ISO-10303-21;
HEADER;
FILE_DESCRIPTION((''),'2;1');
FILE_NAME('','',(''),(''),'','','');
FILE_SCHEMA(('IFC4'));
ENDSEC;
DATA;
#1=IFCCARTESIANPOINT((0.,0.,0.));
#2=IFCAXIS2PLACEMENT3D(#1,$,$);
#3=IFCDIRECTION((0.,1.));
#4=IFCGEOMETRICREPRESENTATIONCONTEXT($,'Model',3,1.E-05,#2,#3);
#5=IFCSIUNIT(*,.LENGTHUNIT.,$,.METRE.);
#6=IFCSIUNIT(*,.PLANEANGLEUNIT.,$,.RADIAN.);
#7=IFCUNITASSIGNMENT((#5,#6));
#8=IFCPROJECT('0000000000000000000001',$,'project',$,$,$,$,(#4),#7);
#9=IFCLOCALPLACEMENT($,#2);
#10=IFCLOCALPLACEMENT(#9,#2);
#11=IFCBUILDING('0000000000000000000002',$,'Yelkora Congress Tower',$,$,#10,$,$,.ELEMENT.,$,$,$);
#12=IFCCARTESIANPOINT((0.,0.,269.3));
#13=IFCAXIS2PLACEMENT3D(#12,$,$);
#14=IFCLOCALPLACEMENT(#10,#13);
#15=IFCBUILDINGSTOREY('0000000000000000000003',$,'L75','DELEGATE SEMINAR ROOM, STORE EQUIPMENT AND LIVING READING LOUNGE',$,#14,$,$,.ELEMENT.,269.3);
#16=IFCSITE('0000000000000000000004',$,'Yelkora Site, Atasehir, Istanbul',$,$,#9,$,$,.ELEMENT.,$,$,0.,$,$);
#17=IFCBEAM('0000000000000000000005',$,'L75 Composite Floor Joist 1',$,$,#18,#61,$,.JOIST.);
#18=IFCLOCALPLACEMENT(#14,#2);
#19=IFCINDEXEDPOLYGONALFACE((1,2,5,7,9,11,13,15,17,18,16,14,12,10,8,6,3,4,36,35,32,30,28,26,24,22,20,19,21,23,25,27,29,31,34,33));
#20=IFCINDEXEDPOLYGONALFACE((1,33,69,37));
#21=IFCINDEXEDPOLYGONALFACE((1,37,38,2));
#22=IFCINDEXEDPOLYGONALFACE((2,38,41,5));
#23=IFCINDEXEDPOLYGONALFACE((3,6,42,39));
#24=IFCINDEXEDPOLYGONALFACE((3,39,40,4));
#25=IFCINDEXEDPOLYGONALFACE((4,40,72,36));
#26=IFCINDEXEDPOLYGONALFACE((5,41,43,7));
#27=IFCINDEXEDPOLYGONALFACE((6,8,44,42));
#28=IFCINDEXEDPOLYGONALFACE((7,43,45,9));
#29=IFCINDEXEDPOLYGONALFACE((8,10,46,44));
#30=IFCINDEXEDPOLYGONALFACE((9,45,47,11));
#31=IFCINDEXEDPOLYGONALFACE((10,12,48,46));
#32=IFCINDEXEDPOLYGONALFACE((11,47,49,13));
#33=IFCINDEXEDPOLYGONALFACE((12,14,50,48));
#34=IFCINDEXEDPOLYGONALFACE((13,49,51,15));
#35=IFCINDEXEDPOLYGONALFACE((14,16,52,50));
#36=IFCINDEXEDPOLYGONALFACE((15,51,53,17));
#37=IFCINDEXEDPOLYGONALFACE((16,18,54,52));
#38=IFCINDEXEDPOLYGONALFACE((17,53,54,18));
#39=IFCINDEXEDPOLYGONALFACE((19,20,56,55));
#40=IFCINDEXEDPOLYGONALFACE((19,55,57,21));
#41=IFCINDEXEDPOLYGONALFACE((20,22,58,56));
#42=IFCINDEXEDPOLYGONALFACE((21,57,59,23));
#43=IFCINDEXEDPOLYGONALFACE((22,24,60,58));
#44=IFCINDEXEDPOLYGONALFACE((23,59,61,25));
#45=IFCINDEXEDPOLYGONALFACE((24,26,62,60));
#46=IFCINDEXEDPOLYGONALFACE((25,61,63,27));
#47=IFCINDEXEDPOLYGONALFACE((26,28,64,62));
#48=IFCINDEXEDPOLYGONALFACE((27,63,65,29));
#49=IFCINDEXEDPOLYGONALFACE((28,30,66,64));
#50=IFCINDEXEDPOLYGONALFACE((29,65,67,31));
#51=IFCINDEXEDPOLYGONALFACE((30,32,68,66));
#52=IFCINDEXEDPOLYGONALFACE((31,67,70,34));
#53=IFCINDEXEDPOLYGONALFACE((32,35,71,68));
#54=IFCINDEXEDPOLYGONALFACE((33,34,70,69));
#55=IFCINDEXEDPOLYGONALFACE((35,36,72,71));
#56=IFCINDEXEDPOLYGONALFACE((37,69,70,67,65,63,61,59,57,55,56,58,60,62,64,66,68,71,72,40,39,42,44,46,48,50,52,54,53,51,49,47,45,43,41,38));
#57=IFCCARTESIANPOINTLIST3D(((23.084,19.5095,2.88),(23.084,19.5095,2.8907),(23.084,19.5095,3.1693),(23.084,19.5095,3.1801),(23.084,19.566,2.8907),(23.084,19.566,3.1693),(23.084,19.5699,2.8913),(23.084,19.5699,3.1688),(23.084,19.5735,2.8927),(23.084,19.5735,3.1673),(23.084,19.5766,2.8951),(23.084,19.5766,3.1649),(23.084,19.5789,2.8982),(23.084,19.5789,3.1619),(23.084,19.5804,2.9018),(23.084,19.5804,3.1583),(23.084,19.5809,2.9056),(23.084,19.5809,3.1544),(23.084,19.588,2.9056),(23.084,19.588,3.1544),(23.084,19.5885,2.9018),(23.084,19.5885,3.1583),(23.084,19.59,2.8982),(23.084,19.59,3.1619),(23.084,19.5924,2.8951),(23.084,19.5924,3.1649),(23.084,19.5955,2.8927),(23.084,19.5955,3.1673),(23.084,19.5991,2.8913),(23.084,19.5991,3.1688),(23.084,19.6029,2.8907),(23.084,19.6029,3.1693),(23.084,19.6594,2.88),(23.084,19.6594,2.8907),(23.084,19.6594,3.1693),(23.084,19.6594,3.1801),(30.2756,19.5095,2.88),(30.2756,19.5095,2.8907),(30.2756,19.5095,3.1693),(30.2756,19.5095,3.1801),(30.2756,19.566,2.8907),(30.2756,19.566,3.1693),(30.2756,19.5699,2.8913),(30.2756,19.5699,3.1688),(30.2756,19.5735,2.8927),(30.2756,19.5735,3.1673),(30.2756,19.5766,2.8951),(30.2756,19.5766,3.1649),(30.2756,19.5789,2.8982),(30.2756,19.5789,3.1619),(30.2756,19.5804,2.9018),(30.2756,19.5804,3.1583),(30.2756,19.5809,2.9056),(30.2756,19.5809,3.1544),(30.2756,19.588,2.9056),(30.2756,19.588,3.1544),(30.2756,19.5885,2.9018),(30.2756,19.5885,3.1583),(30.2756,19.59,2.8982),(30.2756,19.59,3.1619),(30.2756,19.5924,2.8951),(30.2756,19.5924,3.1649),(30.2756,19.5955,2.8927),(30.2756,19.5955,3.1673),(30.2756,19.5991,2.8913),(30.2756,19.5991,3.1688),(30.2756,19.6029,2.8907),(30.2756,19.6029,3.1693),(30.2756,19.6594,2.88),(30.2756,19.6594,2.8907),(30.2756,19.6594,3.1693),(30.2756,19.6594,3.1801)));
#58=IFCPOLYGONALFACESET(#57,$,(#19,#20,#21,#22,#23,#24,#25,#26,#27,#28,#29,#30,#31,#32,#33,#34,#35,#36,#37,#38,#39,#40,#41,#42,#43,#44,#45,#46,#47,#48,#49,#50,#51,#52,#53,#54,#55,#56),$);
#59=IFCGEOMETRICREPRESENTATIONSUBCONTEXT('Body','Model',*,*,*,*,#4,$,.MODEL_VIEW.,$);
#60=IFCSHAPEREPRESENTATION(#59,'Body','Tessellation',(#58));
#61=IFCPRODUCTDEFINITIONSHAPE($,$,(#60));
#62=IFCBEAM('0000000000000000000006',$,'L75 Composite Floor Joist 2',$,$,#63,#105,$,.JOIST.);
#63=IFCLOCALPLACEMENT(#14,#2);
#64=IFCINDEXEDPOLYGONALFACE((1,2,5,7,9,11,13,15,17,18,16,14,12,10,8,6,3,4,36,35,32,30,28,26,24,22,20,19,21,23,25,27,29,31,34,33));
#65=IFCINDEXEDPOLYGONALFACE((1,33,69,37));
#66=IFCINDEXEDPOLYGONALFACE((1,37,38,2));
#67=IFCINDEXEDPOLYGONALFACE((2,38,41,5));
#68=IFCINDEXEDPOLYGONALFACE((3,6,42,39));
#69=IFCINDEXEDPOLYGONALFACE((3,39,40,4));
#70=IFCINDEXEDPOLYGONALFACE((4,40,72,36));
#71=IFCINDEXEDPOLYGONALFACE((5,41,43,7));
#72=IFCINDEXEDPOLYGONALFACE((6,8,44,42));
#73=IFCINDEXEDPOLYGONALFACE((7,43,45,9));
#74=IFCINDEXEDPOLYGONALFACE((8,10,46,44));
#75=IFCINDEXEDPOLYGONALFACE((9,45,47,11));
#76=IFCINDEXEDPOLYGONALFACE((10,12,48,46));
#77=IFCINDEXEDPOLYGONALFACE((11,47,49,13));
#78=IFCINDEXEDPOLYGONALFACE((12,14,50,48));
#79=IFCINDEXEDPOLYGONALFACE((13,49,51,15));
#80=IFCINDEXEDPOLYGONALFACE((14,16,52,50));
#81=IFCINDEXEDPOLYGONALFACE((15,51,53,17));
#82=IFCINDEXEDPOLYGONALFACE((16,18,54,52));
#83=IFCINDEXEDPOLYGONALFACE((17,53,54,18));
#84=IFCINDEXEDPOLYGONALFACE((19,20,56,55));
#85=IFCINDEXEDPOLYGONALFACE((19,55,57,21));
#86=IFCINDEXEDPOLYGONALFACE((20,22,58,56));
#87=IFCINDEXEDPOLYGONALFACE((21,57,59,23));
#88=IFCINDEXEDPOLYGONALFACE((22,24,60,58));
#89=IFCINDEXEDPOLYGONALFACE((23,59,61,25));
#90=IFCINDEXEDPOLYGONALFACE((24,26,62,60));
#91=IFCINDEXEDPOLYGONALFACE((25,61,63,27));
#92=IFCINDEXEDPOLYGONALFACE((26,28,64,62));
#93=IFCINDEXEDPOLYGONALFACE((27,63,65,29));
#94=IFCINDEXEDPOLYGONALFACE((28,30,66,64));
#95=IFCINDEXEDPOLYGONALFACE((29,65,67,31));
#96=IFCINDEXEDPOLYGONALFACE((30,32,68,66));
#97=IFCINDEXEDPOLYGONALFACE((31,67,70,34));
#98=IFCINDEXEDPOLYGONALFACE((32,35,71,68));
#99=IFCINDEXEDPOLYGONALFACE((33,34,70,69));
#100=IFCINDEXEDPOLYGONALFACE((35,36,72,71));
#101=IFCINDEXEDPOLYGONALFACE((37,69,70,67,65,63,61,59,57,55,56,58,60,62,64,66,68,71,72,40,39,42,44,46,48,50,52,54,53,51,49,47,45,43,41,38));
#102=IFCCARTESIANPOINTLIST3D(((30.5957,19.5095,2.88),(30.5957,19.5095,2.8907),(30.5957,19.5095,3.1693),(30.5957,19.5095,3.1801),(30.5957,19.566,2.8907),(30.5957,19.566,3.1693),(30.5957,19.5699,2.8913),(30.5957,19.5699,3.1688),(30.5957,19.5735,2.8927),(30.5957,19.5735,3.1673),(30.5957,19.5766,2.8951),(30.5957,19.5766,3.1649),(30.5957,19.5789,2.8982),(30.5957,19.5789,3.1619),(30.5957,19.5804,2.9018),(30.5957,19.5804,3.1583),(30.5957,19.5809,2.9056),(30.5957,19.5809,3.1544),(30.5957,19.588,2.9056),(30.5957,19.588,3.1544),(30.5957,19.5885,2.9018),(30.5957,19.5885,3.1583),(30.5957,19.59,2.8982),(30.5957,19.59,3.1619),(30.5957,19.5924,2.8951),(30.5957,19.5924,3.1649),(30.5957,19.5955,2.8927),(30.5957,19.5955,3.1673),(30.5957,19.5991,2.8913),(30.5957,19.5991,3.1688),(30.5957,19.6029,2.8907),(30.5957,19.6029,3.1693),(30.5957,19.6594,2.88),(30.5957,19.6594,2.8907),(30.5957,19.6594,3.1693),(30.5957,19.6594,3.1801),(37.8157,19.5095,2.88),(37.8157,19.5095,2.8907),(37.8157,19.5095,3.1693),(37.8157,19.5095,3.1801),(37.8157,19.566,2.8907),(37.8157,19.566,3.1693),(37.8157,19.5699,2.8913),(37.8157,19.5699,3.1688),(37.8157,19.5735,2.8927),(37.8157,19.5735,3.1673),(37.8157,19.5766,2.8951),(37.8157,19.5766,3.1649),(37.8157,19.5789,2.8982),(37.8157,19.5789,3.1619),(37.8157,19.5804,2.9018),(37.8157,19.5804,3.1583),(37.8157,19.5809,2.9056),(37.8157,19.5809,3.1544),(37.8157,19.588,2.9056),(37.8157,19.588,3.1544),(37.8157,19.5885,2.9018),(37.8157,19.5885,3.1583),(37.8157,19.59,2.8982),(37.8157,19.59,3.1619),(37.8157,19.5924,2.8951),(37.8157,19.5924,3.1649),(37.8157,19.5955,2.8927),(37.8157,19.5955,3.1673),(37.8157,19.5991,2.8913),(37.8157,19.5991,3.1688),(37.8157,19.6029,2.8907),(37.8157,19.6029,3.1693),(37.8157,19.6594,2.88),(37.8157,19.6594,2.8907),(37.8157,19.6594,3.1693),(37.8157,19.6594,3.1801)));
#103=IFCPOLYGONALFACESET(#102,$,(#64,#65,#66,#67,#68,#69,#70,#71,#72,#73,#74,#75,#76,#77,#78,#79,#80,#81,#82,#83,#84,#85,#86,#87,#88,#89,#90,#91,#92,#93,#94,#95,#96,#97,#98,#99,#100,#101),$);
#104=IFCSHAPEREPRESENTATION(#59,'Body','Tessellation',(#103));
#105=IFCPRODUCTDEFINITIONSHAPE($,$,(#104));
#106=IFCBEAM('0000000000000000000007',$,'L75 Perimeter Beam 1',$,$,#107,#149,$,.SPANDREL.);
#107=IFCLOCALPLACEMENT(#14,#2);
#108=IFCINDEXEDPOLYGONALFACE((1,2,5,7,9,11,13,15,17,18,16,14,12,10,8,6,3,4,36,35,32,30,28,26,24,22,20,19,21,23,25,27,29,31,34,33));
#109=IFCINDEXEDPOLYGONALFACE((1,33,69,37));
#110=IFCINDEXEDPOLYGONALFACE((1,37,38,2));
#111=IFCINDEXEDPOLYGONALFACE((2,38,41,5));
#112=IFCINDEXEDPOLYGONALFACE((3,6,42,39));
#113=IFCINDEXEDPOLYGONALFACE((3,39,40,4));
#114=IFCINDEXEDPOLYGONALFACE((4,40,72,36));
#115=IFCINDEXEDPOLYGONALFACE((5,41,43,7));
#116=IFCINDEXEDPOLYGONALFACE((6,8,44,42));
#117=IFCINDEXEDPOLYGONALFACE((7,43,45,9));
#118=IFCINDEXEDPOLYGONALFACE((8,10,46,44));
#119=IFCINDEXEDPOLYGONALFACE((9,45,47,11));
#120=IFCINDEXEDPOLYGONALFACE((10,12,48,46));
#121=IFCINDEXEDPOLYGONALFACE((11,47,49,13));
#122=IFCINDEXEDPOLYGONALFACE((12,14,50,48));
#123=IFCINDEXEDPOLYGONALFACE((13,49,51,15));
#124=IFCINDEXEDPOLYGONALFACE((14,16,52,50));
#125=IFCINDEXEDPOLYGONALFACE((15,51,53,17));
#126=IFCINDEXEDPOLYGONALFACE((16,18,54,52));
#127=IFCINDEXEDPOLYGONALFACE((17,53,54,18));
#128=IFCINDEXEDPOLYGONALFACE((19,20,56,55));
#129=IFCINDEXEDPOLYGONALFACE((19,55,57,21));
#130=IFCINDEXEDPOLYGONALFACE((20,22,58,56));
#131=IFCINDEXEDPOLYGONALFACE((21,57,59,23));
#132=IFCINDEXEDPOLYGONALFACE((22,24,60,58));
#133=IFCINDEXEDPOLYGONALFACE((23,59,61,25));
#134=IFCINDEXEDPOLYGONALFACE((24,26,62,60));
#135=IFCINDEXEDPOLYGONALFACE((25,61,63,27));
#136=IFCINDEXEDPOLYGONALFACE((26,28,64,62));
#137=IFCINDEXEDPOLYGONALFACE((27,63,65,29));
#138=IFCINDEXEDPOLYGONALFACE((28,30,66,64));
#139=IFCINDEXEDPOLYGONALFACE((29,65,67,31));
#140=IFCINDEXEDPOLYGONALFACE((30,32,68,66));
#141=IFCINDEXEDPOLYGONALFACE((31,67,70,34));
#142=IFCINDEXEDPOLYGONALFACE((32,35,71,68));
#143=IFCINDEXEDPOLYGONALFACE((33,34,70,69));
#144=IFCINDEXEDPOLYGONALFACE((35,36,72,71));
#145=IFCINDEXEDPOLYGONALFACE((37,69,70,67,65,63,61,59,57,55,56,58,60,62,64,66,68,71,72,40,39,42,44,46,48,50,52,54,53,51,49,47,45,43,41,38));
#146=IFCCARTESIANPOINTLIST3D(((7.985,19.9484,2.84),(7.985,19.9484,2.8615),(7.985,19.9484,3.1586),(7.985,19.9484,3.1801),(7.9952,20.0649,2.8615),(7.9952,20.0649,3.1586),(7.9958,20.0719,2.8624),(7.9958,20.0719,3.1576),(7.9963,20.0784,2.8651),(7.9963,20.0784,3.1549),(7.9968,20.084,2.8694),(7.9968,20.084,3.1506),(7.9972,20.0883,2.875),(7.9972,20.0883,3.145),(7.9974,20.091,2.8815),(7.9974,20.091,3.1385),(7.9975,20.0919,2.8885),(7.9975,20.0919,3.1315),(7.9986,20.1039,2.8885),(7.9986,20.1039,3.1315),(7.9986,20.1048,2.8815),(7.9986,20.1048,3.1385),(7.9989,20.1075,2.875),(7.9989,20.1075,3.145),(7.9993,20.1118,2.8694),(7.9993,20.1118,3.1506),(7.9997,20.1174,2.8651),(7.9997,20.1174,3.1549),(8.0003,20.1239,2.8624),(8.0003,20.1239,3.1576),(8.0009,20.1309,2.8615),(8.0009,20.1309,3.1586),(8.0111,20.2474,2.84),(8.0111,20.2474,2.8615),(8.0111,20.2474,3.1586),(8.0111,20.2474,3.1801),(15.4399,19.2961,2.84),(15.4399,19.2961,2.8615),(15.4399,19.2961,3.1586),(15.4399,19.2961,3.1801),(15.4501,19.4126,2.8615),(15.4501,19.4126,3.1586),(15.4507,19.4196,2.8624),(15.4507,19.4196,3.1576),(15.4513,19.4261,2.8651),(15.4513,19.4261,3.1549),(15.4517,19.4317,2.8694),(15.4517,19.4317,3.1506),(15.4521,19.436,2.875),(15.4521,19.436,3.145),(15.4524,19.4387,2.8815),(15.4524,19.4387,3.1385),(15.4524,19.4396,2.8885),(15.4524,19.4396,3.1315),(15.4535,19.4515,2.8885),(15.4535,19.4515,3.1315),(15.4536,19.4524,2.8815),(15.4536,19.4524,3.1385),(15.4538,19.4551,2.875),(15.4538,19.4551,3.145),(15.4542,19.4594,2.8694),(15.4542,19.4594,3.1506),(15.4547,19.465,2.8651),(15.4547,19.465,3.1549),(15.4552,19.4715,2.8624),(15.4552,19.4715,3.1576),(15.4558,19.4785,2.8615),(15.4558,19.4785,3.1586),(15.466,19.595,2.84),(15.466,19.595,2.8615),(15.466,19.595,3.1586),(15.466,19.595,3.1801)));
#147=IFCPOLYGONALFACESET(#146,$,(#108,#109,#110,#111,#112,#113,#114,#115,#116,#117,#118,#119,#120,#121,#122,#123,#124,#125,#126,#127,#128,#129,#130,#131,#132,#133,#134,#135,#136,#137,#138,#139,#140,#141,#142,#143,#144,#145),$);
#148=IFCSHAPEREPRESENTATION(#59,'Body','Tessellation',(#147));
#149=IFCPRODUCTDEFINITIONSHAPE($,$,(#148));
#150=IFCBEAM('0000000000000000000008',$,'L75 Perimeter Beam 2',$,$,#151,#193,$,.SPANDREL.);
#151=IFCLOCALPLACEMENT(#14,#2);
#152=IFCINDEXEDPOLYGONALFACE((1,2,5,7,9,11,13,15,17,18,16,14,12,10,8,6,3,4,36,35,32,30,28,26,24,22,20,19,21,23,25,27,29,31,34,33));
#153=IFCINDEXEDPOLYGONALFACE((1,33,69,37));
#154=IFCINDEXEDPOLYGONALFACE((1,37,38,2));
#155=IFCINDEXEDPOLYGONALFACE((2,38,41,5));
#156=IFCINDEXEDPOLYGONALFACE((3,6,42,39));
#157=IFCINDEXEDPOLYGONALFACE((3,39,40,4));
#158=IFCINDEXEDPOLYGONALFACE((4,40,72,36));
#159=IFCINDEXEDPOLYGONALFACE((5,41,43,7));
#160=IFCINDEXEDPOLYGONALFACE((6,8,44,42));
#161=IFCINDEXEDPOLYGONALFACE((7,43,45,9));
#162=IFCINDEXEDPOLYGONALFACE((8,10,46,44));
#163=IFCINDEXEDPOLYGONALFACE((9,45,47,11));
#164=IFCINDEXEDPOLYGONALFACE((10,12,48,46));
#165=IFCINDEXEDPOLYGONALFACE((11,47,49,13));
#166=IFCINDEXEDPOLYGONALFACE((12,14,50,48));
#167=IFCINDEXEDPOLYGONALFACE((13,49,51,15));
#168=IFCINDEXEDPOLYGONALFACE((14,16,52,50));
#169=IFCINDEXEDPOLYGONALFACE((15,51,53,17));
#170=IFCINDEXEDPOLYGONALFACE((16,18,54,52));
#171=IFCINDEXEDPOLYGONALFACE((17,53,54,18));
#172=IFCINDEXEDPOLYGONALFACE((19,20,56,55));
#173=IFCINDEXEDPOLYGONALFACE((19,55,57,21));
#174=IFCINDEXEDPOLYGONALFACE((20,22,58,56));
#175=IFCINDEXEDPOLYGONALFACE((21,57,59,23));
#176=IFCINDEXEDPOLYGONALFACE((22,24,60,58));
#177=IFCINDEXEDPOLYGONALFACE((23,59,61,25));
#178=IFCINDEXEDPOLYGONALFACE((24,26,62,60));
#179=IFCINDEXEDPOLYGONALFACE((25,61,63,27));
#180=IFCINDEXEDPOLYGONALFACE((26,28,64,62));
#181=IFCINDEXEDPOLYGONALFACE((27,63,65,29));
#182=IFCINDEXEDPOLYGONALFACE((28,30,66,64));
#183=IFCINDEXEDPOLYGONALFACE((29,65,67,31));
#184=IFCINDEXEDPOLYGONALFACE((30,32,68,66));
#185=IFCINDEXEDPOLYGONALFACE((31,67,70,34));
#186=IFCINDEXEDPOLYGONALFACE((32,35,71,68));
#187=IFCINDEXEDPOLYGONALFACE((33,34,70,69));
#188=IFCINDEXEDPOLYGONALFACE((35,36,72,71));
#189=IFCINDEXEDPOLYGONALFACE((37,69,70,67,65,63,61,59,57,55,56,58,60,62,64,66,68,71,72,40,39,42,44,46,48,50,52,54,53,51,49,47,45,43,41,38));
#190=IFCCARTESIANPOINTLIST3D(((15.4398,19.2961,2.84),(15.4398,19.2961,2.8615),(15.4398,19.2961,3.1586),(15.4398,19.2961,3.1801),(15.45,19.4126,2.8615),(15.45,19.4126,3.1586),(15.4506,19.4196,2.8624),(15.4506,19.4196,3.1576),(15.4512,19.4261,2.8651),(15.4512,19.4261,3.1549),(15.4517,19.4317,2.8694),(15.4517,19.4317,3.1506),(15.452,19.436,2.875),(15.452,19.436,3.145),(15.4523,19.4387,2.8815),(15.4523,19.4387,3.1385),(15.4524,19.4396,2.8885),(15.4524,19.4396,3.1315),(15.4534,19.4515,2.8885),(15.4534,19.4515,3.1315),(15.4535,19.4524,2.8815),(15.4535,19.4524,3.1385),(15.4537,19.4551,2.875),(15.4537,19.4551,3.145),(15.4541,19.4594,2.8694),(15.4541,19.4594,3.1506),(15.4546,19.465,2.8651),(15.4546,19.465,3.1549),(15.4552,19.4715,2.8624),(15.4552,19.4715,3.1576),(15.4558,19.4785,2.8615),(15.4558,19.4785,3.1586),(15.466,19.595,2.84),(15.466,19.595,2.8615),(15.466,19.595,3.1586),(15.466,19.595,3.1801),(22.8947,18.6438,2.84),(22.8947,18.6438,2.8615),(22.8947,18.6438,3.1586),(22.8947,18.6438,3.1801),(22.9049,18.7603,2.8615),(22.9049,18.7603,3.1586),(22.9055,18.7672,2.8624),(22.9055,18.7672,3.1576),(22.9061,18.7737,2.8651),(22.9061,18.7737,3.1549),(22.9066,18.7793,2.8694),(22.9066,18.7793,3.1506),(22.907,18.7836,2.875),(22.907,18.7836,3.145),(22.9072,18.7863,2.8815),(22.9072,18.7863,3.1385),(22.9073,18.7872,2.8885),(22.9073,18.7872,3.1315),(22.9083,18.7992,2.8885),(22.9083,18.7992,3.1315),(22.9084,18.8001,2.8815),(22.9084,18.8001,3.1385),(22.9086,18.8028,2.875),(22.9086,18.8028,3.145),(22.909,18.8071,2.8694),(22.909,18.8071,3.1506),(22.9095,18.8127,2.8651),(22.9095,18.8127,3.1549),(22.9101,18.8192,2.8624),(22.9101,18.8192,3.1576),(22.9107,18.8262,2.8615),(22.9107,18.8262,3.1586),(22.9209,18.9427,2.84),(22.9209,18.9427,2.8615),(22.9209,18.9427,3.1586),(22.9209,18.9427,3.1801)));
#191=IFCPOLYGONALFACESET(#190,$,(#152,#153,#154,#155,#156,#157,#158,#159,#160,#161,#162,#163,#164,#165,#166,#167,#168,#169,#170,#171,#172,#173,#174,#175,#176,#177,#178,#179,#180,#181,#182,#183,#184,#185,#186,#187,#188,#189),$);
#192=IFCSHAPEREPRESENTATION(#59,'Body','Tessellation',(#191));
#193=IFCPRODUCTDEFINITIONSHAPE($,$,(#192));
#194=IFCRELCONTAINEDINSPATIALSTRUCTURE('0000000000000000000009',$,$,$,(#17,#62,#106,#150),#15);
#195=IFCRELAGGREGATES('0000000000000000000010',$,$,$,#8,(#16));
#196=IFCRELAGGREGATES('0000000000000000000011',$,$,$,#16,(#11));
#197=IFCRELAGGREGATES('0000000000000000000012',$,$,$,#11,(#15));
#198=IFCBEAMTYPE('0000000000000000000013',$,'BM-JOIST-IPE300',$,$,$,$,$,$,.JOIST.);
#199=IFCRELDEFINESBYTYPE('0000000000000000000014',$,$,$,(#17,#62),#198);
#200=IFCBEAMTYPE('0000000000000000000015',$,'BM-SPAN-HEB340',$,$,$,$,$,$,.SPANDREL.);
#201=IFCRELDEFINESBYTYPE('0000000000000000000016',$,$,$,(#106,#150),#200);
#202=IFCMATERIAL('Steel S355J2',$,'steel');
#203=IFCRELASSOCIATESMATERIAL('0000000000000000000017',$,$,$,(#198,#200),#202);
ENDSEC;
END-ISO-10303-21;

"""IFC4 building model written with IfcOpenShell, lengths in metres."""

from ifc_helpers import new_model, si_unit, direction, frame, origin, origin_2d, place, context, subcontext, project, spatial, i_section, extrude, material, material_profile, profile_set, type_object, element, save


model = new_model("IFC4")

# Units and contexts
model_context = context("Model", 3, precision=1e-05, world=origin(), true_north=direction((0.0, 1.0)))
body_context = subcontext(model_context, "Body", "Model", "MODEL_VIEW")
ifc_project = project(units=[si_unit("LENGTHUNIT", "METRE"), si_unit("PLANEANGLEUNIT", "RADIAN")], contexts=[model_context])

# Site, building, storey
site_placement = place(None, origin())
site = spatial("IfcSite", under=ifc_project, at=site_placement, Name="Yelkora Site, Atasehir, Istanbul", CompositionType="ELEMENT", RefElevation=0.0)
building_placement = place(site_placement, origin())
building = spatial("IfcBuilding", under=site, at=building_placement, Name="Yelkora Congress Tower", CompositionType="ELEMENT")
storey_placement = place(building_placement, frame((0.0, 0.0, 269.3)))
storey = spatial("IfcBuildingStorey", under=building, at=storey_placement, Name="L75", Description="DELEGATE SEMINAR ROOM, STORE EQUIPMENT AND LIVING READING LOUNGE", CompositionType="ELEMENT", Elevation=269.3)

# Shared definitions
ifc_material_1 = material(Name="Steel S355J2", Category="steel")

# Beams
ifc_material_profile_1 = material_profile(ifc_material_1, i_section(OverallWidth=0.1499, OverallDepth=0.3, WebThickness=0.0071, FlangeThickness=0.0107, FilletRadius=0.0149, at=origin_2d()), Name="IPE 300")
ifc_profile_set_1 = profile_set([ifc_material_profile_1], Name="Steel S355J2")
beam_type_1 = type_object("IfcBeamType", Name="BM-JOIST-IPE300", PredefinedType="JOIST", material=ifc_profile_set_1)
beam_1_placement = place(storey_placement, frame((23.084, 19.5845, 3.03), z_axis=(1.0, 0.0, 0.0), x_axis=(0.0, 1.0, 0.0)))
element("IfcBeam", 1, at=beam_1_placement, inside=storey, type_object=beam_type_1, Name="L75 Composite Floor Joist 1", PredefinedType="JOIST", context=body_context, shape_type="SweptSolid", body=[
    extrude(i_section(OverallWidth=0.1499, OverallDepth=0.3, WebThickness=0.0071, FlangeThickness=0.0107, FilletRadius=0.0149, at=origin_2d()), origin(), (0.0, 0.0, 1.0), 7.1917),
])
beam_2_placement = place(storey_placement, frame((30.5957, 19.5845, 3.03), z_axis=(1.0, 0.0, 0.0), x_axis=(0.0, 1.0, 0.0)))
element("IfcBeam", 2, at=beam_2_placement, inside=storey, type_object=beam_type_1, Name="L75 Composite Floor Joist 2", PredefinedType="JOIST", context=body_context, shape_type="SweptSolid", body=[
    extrude(i_section(OverallWidth=0.1499, OverallDepth=0.3, WebThickness=0.0071, FlangeThickness=0.0107, FilletRadius=0.0149, at=origin_2d()), origin(), (0.0, 0.0, 1.0), 7.22),
])
ifc_material_profile_2 = material_profile(ifc_material_1, i_section(OverallWidth=0.3, OverallDepth=0.3401, WebThickness=0.012, FlangeThickness=0.0215, FilletRadius=0.0271, at=origin_2d()), Name="HEB 340")
ifc_profile_set_2 = profile_set([ifc_material_profile_2], Name="Steel S355J2")
beam_type_2 = type_object("IfcBeamType", Name="BM-SPAN-HEB340", PredefinedType="SPANDREL", material=ifc_profile_set_2)
for number, where, z_axis, x_axis, name in (
    (3, (7.998, 20.0979, 3.01), (0.996193, -0.087173, 0.0), (0.087173, 0.996193, 0.0), "L75 Perimeter Beam 1"),
    (4, (15.4529, 19.4456, 3.01), (0.996193, -0.087173, 0.0), (0.087173, 0.996193, 0.0), "L75 Perimeter Beam 2"),
):
    element("IfcBeam", number, at=place(storey_placement, frame(where, z_axis=z_axis, x_axis=x_axis)), inside=storey, type_object=beam_type_2, Name=name, PredefinedType="SPANDREL", context=body_context, shape_type="SweptSolid", body=[
        extrude(i_section(OverallWidth=0.3, OverallDepth=0.3401, WebThickness=0.012, FlangeThickness=0.0215, FilletRadius=0.0271, at=origin_2d()), origin(), (0.0, 0.0, 1.0), 7.4834),
    ])

save(model, "model.ifc")
